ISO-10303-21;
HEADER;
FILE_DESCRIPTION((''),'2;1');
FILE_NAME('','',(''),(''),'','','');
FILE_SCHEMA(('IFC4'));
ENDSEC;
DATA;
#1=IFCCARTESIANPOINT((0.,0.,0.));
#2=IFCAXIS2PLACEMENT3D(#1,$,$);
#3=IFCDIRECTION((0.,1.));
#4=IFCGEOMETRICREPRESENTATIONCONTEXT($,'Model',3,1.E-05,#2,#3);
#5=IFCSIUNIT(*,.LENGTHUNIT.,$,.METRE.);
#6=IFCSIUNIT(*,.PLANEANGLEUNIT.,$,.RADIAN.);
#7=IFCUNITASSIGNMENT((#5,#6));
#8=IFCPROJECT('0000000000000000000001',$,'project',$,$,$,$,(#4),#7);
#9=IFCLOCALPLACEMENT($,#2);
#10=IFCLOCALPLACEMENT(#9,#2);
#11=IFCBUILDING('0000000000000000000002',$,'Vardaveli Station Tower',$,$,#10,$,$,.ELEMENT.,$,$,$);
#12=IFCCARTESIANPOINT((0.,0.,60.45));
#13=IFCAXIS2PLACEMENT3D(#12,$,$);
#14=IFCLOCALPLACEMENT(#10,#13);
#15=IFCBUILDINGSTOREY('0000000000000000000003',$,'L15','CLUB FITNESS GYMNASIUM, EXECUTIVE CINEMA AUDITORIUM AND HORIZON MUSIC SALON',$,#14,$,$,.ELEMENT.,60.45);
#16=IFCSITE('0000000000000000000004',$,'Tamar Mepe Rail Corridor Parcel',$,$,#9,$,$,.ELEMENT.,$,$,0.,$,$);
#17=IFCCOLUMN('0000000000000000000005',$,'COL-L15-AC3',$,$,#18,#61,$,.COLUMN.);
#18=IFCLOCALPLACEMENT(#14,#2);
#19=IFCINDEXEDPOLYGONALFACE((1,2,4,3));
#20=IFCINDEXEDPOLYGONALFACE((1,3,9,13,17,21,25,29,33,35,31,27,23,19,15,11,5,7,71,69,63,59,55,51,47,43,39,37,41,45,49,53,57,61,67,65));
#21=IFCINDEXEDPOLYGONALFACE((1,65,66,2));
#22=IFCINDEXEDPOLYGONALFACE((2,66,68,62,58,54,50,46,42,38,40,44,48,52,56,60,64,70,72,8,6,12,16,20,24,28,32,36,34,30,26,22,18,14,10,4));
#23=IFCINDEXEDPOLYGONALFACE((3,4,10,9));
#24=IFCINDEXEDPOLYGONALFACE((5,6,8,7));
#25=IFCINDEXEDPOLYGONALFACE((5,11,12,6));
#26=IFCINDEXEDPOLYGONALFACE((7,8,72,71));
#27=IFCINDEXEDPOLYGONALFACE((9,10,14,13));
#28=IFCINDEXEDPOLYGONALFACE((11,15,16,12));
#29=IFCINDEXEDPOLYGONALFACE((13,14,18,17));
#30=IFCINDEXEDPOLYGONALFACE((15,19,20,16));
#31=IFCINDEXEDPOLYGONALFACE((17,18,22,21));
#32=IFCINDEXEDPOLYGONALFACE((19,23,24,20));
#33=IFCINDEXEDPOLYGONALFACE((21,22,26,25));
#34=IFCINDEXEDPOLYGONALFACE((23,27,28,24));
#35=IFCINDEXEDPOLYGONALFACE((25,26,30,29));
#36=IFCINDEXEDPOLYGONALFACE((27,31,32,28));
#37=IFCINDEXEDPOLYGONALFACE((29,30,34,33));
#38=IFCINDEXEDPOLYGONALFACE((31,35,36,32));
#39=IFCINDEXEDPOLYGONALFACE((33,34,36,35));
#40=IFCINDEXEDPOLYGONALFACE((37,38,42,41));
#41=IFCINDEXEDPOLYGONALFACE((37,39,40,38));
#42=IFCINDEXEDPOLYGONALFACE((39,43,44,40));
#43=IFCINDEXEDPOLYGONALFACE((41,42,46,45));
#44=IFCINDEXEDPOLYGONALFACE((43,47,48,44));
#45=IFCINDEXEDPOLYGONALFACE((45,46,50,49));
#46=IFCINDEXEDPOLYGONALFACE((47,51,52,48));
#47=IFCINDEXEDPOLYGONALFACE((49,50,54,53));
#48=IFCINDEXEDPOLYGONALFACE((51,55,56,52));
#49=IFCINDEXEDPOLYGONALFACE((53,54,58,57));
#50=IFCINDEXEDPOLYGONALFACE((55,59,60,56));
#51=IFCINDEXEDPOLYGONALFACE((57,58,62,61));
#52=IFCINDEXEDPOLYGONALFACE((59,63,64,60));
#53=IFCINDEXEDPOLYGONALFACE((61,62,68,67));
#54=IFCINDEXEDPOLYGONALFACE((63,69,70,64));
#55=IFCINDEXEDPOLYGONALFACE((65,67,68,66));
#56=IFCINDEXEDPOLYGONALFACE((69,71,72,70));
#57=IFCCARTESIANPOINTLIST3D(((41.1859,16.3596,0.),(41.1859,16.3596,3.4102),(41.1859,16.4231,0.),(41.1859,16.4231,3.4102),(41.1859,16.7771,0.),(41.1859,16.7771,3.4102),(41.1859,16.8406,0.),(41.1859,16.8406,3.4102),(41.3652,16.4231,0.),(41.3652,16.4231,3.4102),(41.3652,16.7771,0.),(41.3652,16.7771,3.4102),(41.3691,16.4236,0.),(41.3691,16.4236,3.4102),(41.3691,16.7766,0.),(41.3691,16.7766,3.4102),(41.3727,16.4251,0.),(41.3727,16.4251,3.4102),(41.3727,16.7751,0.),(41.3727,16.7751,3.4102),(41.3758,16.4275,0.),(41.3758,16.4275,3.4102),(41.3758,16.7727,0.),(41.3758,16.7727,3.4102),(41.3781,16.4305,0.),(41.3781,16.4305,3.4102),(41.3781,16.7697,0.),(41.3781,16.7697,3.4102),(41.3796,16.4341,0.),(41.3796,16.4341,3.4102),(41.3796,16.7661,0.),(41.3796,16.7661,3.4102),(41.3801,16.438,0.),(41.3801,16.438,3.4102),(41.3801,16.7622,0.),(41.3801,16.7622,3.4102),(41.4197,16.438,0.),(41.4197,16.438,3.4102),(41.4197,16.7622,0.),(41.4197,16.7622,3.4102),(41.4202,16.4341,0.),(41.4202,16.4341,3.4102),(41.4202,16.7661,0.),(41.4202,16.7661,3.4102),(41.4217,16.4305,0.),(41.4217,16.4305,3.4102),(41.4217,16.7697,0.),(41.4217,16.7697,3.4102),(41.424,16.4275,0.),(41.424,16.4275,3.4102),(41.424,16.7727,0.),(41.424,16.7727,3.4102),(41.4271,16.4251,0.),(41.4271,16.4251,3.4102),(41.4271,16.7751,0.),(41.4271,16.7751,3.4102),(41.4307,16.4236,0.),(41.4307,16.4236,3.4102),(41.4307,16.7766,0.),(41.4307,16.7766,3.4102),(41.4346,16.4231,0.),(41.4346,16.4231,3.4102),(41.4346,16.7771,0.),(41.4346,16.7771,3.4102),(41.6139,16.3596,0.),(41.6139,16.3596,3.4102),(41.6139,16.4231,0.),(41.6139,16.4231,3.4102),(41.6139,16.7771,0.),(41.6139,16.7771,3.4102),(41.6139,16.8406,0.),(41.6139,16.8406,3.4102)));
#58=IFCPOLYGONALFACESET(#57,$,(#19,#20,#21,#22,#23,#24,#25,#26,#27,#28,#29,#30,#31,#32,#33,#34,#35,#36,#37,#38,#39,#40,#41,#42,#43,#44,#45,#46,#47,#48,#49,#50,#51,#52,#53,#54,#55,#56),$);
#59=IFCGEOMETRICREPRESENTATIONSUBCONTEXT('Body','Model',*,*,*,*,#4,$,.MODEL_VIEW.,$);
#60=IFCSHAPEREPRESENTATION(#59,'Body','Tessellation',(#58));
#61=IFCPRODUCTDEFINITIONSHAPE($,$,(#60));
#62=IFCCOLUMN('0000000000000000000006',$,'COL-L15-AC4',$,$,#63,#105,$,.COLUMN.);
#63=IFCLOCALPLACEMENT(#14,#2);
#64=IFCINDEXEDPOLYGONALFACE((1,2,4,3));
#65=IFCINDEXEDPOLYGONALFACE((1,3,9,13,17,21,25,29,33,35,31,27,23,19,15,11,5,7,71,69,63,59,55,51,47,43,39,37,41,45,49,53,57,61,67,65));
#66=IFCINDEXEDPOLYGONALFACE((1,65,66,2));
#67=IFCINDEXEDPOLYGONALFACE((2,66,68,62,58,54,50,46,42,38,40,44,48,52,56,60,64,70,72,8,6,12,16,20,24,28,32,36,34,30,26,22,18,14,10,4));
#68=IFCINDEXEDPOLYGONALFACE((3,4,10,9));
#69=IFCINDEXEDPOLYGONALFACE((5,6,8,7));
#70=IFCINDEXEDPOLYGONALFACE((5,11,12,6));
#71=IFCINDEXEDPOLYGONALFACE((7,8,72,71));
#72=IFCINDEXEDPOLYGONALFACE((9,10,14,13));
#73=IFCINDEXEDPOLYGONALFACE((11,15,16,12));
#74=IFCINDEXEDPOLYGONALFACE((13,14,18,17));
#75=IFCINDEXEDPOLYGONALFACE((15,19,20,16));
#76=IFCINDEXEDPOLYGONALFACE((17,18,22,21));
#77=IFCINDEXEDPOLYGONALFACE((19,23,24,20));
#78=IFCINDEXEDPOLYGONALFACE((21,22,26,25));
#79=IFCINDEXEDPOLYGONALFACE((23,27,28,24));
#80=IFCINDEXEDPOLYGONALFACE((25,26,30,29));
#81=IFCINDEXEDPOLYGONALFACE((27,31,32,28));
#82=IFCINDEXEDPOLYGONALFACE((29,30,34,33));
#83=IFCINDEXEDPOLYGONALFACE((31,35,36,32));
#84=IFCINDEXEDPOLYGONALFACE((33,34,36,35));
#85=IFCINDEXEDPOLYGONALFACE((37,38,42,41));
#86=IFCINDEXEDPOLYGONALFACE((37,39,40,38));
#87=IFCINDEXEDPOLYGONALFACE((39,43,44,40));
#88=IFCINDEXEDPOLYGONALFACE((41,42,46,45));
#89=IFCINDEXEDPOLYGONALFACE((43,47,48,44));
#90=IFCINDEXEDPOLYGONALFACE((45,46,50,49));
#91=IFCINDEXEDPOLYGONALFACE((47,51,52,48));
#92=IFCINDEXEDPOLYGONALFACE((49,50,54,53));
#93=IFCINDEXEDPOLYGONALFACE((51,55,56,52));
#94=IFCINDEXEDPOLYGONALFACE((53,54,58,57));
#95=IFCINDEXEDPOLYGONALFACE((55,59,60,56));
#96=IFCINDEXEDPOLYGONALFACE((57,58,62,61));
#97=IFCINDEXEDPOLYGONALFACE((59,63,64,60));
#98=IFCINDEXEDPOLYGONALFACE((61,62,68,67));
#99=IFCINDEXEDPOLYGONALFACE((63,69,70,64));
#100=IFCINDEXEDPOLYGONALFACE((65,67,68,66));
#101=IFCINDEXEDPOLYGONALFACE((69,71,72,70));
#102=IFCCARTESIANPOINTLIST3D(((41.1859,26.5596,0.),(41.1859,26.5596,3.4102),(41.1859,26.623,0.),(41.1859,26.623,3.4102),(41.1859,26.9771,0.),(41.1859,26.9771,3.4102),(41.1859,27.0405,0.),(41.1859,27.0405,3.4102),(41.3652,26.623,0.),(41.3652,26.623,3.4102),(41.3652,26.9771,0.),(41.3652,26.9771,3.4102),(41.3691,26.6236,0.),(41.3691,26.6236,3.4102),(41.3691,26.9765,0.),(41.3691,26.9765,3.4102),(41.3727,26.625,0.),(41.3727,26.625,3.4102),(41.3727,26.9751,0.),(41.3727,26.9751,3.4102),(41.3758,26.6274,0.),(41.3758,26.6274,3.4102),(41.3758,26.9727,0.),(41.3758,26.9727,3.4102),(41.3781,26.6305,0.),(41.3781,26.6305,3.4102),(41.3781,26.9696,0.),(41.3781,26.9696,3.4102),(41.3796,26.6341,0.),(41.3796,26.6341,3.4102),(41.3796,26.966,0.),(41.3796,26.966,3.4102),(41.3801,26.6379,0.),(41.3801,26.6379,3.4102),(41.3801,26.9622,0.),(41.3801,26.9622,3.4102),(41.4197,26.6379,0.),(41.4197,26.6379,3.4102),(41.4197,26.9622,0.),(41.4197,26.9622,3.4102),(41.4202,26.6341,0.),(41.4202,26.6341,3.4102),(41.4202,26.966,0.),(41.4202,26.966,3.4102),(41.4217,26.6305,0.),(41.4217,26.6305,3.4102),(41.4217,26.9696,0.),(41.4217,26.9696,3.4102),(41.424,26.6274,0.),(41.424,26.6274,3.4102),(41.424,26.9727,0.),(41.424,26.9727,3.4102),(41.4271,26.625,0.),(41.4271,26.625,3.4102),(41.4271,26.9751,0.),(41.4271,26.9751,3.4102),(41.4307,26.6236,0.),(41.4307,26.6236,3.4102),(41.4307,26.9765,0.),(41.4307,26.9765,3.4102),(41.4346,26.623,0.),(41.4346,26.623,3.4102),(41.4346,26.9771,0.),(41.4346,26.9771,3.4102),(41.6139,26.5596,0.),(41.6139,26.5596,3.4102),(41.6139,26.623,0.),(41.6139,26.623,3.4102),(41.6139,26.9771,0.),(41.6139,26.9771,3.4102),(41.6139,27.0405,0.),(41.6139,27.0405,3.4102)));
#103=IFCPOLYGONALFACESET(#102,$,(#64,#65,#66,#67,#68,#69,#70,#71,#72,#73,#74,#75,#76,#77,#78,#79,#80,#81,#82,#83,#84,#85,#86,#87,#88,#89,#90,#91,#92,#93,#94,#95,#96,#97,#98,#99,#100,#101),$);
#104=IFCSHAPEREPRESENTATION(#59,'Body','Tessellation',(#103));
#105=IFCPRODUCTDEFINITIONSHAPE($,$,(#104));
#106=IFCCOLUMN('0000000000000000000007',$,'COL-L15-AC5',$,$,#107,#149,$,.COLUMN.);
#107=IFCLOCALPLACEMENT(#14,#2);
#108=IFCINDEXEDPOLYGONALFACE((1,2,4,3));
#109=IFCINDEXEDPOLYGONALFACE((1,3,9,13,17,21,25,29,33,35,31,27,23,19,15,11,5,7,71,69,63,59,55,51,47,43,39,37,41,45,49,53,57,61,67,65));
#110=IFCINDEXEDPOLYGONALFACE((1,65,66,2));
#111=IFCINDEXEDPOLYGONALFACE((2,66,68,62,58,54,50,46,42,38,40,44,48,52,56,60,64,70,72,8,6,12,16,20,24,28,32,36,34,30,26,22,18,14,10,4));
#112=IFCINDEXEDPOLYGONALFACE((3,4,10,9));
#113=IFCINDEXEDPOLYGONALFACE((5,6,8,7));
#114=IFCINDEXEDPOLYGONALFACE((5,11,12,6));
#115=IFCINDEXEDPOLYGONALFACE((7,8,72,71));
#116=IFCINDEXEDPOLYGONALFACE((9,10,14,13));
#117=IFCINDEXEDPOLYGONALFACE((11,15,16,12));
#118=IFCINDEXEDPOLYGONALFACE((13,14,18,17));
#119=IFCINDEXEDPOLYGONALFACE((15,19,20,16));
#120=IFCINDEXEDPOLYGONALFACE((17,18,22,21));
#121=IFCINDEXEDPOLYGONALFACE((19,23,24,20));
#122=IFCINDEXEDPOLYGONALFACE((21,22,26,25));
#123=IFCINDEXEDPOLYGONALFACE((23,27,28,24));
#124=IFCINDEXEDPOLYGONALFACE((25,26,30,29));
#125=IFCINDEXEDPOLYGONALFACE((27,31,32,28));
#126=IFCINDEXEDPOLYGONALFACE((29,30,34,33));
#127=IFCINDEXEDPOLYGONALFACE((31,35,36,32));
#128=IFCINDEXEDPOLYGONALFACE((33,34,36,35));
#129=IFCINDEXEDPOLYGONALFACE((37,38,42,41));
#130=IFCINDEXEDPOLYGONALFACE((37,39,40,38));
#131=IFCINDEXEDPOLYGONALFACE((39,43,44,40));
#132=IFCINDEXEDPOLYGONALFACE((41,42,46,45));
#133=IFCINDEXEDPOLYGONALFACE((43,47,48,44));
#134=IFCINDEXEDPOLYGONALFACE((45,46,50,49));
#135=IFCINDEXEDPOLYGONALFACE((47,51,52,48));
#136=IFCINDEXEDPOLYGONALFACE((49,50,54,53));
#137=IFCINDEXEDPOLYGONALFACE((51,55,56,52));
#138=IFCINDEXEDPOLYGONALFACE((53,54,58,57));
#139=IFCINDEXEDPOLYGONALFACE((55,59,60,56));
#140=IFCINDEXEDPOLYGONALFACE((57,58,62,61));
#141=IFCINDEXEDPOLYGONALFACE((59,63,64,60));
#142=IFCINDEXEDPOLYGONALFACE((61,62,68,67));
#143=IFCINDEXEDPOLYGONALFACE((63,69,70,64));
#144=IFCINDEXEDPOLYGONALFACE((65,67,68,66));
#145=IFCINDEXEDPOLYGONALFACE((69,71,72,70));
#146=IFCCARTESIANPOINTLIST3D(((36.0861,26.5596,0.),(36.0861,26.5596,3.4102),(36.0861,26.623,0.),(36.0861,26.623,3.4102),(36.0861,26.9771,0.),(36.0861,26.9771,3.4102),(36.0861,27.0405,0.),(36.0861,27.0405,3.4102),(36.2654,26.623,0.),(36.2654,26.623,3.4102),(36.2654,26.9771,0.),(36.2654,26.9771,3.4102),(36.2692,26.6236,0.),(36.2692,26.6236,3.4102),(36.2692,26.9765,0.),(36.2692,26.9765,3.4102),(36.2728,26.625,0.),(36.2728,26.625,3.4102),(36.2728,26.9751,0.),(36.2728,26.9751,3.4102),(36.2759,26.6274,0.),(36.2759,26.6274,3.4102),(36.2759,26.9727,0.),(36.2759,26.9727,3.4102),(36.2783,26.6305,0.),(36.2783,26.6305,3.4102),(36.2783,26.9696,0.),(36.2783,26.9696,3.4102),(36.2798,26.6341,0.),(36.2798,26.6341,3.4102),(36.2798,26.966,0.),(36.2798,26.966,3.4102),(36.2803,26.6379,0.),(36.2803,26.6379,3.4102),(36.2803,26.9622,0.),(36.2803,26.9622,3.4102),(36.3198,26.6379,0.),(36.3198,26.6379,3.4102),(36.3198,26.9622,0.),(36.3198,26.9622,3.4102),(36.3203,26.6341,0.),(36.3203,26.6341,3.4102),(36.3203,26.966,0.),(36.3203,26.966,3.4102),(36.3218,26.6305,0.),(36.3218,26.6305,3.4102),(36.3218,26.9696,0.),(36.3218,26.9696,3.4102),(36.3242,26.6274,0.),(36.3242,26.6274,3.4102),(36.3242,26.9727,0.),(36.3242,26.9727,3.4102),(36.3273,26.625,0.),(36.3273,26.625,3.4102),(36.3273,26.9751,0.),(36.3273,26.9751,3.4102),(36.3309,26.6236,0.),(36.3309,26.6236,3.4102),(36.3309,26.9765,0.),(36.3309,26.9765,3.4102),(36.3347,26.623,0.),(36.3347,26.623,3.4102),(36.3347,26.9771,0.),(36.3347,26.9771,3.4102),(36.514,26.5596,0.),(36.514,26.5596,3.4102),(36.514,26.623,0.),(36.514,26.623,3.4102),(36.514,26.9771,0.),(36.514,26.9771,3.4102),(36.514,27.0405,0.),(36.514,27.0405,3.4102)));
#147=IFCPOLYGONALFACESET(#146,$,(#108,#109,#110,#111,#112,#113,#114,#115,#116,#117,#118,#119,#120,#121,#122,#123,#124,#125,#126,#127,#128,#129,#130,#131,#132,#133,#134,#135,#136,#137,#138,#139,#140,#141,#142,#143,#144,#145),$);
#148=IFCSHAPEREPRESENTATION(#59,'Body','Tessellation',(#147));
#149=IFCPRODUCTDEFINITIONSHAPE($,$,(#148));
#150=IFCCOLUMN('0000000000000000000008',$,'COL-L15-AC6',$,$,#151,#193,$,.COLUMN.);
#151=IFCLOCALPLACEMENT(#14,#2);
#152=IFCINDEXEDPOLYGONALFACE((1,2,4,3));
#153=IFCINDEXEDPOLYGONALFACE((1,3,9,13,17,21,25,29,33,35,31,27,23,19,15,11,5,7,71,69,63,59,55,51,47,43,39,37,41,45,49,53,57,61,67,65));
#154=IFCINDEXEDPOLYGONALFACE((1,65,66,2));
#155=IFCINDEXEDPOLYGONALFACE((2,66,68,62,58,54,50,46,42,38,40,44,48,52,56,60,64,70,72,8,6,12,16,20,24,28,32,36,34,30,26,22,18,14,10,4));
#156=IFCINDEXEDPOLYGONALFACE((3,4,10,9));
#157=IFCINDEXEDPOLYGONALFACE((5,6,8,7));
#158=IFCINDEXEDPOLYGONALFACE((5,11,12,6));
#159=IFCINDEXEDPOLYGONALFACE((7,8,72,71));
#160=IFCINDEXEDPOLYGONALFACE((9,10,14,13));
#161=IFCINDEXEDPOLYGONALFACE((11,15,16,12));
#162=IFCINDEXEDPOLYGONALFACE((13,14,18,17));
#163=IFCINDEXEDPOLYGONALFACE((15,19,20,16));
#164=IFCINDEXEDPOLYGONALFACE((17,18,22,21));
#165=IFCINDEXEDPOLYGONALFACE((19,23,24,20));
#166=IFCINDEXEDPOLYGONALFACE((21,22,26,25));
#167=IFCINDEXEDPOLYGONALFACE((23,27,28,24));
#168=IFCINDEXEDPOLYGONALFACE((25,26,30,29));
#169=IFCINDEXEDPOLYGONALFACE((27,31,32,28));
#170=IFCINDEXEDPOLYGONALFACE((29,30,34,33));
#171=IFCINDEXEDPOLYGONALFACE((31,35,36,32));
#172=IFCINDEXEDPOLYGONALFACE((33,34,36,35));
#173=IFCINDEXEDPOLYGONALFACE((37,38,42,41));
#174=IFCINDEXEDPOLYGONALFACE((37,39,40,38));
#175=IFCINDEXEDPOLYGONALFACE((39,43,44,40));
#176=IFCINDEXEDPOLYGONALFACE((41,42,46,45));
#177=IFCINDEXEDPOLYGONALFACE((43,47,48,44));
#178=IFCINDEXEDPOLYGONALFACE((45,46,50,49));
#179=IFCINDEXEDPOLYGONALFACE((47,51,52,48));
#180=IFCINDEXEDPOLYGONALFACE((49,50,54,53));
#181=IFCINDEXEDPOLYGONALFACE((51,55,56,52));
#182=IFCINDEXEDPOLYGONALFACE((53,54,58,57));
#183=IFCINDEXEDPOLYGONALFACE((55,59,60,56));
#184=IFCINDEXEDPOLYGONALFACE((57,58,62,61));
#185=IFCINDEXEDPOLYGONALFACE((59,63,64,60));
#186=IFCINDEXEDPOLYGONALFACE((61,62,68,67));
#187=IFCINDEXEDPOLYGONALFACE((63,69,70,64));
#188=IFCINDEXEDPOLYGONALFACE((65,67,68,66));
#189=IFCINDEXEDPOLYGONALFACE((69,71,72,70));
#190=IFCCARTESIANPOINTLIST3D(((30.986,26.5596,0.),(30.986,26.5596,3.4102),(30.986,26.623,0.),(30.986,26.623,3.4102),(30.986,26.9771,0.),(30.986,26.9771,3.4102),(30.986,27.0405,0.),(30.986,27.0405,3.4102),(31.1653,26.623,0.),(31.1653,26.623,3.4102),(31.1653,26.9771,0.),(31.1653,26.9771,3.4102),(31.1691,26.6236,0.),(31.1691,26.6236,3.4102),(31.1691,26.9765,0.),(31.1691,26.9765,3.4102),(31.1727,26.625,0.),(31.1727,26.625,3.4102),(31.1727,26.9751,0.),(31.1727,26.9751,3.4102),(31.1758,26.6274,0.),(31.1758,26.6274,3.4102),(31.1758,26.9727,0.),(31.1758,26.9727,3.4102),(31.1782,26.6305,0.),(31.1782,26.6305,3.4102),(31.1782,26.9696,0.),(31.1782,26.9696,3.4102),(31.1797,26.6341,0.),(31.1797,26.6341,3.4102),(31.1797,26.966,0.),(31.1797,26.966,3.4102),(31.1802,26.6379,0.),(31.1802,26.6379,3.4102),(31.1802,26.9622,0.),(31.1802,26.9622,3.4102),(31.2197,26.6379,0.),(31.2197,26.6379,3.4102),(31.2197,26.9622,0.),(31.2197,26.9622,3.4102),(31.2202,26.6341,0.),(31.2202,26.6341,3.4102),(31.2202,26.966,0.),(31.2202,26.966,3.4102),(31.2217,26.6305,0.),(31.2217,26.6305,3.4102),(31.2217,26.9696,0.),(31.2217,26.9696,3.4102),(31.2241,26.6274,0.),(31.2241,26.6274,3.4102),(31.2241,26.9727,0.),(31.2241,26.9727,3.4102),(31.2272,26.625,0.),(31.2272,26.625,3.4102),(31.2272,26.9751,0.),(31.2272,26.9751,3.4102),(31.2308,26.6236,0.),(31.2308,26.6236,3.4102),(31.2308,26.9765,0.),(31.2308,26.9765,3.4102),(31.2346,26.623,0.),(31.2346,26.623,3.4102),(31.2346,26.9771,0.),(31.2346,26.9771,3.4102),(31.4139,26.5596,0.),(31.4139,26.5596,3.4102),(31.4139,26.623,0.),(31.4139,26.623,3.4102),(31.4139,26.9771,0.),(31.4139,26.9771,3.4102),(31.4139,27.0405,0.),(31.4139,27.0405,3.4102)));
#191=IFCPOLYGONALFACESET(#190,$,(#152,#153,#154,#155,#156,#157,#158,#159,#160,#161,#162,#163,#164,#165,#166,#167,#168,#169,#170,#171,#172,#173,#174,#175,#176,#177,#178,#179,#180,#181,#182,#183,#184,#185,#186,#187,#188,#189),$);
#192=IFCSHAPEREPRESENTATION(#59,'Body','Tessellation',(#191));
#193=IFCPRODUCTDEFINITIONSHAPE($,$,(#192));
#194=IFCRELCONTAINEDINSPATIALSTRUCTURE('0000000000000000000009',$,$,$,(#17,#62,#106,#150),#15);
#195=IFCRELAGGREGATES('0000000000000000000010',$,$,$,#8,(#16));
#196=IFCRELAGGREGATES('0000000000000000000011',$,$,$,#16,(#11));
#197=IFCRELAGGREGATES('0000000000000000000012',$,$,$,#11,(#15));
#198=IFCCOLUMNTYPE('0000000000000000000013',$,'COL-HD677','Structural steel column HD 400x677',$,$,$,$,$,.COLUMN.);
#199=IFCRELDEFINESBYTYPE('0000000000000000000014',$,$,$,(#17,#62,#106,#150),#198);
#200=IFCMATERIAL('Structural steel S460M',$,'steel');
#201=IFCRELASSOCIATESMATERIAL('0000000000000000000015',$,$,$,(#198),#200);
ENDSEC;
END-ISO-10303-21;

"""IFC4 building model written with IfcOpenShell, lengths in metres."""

from ifc_helpers import new_model, si_unit, direction, frame, origin, origin_2d, place, context, subcontext, project, spatial, i_section, extrude, source, transform, mapped, material, material_profile, profile_set, type_object, element, save


model = new_model("IFC4")

# Units and contexts
model_context = context("Model", 3, precision=1e-05, world=origin(), true_north=direction((0.0, 1.0)))
body_context = subcontext(model_context, "Body", "Model", "MODEL_VIEW")
ifc_project = project(units=[si_unit("LENGTHUNIT", "METRE"), si_unit("PLANEANGLEUNIT", "RADIAN")], contexts=[model_context])

# Site, building, storey
site_placement = place(None, origin())
site = spatial("IfcSite", under=ifc_project, at=site_placement, Name="Tamar Mepe Rail Corridor Parcel", CompositionType="ELEMENT", RefElevation=0.0)
building_placement = place(site_placement, origin())
building = spatial("IfcBuilding", under=site, at=building_placement, Name="Vardaveli Station Tower", CompositionType="ELEMENT")
storey_placement = place(building_placement, frame((0.0, 0.0, 60.45)))
storey = spatial("IfcBuildingStorey", under=building, at=storey_placement, Name="L15", Description="CLUB FITNESS GYMNASIUM, EXECUTIVE CINEMA AUDITORIUM AND HORIZON MUSIC SALON", CompositionType="ELEMENT", Elevation=60.45)

# Columns
ifc_material_1 = material(Name="Structural steel S460M", Category="steel")
ifc_material_profile_1 = material_profile(ifc_material_1, i_section(OverallWidth=0.428, OverallDepth=0.481, WebThickness=0.0396, FlangeThickness=0.0635, FilletRadius=0.0149, at=origin_2d()), Name="HD 400x677")
ifc_profile_set_1 = profile_set([ifc_material_profile_1], Name="Structural steel S460M")
column_type = type_object("IfcColumnType", Name="COL-HD677", Description="Structural steel column HD 400x677", PredefinedType="COLUMN", material=ifc_profile_set_1)
shared_shape_1 = source(origin(), body_context, "Body", "SweptSolid", [
    extrude(i_section(OverallWidth=0.428, OverallDepth=0.481, WebThickness=0.0396, FlangeThickness=0.0635, FilletRadius=0.0149, at=origin_2d()), origin(), (0.0, 0.0, 1.0), 3.4102),
])
for number, where, z_axis, x_axis, name in (
    (1, (41.3999, 16.6001, 0.0), (0.0, 0.0, 1.0), (1.0, 0.0, 0.0), "COL-L15-AC3"),
    (2, (41.3999, 26.8, 0.0), (0.0, 0.0, 1.0), (1.0, 0.0, 0.0), "COL-L15-AC4"),
    (3, (36.3, 26.8, 0.0), (0.0, 0.0, 1.0), (1.0, 0.0, 0.0), "COL-L15-AC5"),
    (4, (31.2, 26.8, 0.0), (0.0, 0.0, 1.0), (1.0, 0.0, 0.0), "COL-L15-AC6"),
):
    element("IfcColumn", number, at=place(storey_placement, frame(where, z_axis=z_axis, x_axis=x_axis)), inside=storey, type_object=column_type, Name=name, PredefinedType="COLUMN", context=body_context, shape_type="MappedRepresentation", body=[
        mapped(shared_shape_1, transform((0.0, 0.0, 0.0), scale=1.0)),
    ])

save(model, "model.ifc")
